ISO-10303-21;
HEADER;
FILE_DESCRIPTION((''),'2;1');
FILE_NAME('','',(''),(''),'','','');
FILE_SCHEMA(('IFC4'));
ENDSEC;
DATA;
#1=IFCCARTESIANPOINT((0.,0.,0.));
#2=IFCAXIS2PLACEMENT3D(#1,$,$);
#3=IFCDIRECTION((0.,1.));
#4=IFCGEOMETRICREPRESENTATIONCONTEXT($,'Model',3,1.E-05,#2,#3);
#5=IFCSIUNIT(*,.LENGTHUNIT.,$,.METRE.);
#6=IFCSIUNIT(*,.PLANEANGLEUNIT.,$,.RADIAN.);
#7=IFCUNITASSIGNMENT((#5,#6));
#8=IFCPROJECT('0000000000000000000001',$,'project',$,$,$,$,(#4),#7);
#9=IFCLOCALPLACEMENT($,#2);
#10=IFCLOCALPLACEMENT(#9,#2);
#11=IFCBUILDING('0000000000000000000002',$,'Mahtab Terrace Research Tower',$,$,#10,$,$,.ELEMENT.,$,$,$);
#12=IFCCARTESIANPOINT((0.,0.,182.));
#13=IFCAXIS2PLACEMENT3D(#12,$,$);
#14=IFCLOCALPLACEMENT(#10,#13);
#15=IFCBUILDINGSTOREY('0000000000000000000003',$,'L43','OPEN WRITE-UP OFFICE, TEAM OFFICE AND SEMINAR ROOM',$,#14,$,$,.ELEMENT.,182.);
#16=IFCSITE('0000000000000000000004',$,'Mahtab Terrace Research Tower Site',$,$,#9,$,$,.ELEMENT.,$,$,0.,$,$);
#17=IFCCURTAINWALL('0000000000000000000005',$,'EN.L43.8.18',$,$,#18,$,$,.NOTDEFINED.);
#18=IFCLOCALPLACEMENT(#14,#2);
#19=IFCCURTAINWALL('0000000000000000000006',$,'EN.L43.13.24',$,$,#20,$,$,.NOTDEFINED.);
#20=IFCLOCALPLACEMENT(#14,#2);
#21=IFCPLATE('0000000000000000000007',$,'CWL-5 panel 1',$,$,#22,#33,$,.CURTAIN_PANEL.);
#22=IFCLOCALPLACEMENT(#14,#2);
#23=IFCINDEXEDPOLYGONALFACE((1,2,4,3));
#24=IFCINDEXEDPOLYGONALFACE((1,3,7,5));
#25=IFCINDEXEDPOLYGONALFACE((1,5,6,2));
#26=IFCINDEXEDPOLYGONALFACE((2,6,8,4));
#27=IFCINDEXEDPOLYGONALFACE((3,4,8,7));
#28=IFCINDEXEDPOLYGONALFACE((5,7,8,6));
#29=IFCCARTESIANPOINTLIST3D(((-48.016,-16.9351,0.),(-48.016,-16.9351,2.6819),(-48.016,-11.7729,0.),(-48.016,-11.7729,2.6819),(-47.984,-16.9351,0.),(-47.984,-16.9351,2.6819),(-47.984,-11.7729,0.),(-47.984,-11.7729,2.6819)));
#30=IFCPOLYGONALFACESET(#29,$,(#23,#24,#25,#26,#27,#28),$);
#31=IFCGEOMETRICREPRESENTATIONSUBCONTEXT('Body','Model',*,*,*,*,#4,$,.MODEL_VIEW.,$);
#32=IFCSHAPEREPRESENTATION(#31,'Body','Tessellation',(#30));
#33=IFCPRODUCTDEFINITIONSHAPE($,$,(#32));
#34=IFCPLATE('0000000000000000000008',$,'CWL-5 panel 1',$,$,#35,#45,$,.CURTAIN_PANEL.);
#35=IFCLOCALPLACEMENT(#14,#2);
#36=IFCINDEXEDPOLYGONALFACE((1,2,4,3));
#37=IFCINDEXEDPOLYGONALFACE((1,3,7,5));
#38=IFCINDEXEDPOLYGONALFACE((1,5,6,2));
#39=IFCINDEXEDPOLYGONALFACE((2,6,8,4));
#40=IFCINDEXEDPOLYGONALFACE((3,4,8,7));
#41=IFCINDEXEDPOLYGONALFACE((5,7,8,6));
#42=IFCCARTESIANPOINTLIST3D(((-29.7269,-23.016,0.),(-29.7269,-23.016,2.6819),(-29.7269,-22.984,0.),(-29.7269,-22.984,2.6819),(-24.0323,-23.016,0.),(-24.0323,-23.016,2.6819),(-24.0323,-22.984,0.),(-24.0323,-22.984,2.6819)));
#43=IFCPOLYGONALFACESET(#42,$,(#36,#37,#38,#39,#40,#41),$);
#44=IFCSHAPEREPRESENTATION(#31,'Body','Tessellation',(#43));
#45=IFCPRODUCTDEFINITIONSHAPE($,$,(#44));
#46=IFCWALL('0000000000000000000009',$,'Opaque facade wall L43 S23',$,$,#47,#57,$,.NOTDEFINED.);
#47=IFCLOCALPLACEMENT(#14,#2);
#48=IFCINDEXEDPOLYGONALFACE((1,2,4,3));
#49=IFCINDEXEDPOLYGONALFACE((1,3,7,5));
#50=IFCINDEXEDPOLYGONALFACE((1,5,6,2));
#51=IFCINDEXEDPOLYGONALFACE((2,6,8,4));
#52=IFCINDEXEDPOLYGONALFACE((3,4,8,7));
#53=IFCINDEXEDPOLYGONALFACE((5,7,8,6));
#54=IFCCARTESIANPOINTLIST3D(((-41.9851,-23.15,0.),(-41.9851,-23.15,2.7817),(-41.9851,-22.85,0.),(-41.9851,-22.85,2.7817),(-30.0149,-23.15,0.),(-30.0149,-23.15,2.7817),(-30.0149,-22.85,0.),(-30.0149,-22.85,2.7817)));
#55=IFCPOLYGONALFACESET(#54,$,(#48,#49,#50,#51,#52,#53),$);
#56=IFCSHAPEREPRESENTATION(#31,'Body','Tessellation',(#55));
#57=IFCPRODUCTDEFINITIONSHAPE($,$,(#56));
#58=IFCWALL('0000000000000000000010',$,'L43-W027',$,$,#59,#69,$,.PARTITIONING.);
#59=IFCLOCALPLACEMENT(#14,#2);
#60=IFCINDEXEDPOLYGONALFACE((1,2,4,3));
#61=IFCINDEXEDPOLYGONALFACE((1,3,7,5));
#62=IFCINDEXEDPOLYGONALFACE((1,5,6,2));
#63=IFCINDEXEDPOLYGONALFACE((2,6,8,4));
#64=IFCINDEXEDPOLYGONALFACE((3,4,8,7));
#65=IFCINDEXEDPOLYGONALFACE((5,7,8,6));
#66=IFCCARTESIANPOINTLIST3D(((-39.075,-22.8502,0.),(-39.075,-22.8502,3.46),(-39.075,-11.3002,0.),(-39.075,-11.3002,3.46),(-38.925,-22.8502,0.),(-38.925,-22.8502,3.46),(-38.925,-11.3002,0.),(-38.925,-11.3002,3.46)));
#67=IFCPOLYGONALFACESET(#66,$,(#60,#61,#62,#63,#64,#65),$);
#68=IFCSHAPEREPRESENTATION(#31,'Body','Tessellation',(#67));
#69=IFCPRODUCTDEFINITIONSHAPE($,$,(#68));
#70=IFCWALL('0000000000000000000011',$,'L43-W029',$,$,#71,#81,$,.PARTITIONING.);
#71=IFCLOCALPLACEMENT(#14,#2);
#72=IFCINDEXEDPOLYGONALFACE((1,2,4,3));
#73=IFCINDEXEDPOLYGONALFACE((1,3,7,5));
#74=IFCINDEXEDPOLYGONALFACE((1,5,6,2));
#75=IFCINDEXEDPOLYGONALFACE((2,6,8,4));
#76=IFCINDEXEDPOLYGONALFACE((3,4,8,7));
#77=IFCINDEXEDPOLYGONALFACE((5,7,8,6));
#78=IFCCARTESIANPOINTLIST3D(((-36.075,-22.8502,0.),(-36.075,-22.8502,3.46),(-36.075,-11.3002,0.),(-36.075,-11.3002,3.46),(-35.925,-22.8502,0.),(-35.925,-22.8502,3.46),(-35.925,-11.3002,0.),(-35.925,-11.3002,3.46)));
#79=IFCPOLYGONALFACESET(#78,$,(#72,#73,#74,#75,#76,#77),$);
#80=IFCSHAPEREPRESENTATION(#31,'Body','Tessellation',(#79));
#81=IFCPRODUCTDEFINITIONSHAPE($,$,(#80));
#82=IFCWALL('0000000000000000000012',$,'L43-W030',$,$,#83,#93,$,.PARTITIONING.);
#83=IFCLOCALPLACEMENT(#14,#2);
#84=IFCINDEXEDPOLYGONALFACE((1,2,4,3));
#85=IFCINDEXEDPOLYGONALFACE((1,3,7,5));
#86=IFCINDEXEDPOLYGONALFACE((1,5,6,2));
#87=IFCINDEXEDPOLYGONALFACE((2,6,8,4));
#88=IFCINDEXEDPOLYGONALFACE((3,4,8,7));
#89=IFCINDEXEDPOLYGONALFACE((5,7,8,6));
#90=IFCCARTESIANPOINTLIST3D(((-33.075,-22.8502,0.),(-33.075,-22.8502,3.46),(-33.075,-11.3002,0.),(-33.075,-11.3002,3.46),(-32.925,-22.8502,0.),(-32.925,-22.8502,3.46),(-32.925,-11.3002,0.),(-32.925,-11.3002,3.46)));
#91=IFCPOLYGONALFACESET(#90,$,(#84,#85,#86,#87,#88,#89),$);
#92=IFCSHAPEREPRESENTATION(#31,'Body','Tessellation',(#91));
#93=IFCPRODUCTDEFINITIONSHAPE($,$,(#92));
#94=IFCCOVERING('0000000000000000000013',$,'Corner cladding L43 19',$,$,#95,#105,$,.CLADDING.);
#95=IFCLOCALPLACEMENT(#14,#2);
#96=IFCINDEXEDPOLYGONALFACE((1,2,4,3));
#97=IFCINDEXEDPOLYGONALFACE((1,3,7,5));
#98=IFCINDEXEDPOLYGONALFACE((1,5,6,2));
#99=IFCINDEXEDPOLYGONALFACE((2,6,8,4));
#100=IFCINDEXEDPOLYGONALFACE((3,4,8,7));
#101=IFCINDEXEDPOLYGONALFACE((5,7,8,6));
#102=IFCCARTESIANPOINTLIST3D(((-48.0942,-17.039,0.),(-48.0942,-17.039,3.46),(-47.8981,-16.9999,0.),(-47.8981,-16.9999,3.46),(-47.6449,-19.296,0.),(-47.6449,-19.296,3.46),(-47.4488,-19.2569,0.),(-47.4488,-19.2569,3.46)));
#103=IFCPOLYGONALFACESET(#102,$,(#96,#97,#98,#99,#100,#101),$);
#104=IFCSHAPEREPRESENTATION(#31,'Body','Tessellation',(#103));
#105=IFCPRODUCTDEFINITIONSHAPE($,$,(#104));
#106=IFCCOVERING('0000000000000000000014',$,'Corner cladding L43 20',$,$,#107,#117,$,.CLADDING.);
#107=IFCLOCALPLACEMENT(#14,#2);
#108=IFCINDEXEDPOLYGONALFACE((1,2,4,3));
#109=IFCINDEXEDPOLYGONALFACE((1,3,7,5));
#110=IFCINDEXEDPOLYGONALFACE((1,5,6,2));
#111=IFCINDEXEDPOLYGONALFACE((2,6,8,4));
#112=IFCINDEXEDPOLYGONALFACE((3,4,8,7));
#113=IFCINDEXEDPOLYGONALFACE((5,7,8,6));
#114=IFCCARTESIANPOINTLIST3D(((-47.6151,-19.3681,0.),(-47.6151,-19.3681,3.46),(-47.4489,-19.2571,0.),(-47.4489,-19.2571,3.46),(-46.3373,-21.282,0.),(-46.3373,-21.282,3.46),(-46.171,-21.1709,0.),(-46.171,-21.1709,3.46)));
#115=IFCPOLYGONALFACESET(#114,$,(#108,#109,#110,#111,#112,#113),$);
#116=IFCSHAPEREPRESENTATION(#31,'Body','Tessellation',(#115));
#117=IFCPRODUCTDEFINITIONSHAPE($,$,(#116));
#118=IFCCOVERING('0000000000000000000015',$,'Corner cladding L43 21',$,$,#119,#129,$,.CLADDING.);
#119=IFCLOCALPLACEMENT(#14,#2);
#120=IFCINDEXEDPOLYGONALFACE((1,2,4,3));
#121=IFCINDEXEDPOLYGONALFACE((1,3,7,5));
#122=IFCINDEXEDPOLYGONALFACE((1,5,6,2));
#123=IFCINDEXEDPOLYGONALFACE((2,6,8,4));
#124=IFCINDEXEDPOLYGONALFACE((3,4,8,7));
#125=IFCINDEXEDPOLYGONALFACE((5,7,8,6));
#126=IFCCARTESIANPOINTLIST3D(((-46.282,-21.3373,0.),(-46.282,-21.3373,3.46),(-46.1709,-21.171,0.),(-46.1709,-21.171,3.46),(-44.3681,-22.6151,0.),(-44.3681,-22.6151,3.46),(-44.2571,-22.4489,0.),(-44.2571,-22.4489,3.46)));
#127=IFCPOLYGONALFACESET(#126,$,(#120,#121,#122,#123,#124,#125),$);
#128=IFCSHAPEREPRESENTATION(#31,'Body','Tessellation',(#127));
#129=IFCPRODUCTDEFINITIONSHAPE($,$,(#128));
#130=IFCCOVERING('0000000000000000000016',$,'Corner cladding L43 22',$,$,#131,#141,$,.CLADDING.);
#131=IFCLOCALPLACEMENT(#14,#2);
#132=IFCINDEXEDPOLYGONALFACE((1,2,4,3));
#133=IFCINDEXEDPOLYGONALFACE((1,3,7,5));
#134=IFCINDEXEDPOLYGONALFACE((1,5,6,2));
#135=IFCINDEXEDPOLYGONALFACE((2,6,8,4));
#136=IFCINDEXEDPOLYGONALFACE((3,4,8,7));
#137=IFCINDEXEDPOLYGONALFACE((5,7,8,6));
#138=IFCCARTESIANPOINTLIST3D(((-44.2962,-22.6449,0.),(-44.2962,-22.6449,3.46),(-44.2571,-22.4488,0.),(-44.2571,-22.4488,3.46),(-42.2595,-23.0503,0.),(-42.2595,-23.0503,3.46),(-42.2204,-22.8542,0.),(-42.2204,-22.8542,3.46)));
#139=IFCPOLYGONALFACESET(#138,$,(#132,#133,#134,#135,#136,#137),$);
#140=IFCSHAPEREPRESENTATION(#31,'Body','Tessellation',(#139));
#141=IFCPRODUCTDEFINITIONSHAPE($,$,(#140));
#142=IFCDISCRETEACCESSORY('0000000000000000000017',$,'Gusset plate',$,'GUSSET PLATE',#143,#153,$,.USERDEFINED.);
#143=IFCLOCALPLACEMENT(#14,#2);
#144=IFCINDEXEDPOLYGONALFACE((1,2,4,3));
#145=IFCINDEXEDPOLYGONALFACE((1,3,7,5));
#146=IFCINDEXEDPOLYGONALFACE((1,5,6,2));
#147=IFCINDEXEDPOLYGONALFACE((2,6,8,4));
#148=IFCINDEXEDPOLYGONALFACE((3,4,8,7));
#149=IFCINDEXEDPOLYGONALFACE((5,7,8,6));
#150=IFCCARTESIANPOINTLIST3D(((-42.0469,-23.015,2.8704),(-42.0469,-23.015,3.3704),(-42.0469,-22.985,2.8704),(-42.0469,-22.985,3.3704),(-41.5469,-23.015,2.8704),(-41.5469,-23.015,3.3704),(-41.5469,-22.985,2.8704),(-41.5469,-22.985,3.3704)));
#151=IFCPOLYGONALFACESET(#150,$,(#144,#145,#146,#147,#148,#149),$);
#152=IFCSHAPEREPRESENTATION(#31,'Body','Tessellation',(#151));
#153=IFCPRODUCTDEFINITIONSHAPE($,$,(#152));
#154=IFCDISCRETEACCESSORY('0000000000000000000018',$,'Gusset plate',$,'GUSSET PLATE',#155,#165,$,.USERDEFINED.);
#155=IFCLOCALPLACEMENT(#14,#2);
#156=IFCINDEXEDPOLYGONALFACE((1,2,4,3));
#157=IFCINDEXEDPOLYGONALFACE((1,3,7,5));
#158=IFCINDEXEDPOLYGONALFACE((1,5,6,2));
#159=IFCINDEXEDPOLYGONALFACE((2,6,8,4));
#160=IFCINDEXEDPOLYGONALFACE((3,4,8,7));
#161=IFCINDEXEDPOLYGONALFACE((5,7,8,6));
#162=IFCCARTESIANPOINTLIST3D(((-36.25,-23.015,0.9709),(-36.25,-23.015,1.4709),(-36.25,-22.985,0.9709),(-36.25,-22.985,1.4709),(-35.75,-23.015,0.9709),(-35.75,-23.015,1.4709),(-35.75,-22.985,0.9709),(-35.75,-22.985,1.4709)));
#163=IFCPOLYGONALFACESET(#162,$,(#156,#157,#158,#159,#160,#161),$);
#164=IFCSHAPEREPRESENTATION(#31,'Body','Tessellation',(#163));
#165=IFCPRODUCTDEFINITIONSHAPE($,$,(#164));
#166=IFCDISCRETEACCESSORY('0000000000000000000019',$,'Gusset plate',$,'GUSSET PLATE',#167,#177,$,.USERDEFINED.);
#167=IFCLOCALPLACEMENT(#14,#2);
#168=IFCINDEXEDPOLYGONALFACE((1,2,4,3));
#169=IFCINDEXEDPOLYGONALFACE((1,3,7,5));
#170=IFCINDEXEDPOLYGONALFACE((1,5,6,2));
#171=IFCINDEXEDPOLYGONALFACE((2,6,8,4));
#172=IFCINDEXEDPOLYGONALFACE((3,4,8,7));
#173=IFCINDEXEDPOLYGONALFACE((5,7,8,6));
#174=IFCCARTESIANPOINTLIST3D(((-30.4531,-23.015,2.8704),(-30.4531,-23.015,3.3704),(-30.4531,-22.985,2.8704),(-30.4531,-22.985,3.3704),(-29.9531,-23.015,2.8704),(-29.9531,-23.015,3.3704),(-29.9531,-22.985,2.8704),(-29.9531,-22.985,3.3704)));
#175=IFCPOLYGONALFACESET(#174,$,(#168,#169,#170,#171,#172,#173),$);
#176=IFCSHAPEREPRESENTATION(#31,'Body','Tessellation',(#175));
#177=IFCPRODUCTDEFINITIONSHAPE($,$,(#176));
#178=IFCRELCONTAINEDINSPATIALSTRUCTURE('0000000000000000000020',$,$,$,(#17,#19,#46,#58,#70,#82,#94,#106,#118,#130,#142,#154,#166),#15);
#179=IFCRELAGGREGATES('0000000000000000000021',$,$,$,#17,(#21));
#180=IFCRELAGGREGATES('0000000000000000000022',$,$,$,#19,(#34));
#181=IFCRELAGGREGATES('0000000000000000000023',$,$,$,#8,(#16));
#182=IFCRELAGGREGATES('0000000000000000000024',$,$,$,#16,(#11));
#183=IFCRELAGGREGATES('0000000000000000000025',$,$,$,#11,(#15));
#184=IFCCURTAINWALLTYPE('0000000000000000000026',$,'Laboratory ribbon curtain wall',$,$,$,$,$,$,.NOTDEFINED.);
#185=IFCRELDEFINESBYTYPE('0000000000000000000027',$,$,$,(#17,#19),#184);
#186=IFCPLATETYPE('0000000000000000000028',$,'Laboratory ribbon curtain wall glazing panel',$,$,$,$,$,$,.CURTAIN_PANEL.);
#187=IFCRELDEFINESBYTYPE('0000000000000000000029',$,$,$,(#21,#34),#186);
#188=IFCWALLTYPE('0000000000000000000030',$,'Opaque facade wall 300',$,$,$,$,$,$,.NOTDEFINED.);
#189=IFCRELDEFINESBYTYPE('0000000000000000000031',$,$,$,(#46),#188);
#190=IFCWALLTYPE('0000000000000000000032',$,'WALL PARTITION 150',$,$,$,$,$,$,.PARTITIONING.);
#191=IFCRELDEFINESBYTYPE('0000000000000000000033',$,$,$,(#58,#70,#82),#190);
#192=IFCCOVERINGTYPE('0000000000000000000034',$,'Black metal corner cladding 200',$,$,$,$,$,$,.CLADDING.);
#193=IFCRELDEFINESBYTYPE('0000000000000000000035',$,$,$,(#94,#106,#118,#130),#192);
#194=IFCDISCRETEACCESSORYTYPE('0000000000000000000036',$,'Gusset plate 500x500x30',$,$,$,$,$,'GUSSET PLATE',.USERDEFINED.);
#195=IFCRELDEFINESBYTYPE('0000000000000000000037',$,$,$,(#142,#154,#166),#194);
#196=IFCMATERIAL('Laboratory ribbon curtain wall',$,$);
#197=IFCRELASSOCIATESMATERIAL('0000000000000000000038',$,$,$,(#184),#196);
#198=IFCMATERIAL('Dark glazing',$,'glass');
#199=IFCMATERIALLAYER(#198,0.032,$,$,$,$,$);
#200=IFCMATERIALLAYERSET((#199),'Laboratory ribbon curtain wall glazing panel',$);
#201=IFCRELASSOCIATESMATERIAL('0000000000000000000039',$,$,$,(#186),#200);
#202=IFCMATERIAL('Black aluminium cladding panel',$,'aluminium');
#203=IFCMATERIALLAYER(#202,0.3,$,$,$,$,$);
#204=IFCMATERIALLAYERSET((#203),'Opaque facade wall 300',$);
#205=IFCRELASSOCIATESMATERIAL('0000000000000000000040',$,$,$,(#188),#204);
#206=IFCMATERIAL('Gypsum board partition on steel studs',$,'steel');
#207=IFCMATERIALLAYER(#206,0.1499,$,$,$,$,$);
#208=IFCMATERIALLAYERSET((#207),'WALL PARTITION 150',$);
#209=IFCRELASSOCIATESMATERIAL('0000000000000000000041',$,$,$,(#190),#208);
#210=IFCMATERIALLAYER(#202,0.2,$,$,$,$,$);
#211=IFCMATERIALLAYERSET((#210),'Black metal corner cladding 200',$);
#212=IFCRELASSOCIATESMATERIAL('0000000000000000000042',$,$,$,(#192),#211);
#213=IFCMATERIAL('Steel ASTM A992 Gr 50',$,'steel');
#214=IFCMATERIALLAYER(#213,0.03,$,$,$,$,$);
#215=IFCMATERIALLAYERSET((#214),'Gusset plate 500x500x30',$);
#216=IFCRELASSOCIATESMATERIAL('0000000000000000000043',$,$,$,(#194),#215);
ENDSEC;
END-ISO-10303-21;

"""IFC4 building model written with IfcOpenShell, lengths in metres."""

from ifc_helpers import new_model, si_unit, direction, frame, frame_2d, origin, origin_2d, place, context, subcontext, project, spatial, rectangle, extrude, material, layer, layer_set, type_object, element, aggregate, save


model = new_model("IFC4")

# Units and contexts
model_context = context("Model", 3, precision=1e-05, world=origin(), true_north=direction((0.0, 1.0)))
body_context = subcontext(model_context, "Body", "Model", "MODEL_VIEW")
ifc_project = project(units=[si_unit("LENGTHUNIT", "METRE"), si_unit("PLANEANGLEUNIT", "RADIAN")], contexts=[model_context])

# Site, building, storey
site_placement = place(None, origin())
site = spatial("IfcSite", under=ifc_project, at=site_placement, Name="Mahtab Terrace Research Tower Site", CompositionType="ELEMENT", RefElevation=0.0)
building_placement = place(site_placement, origin())
building = spatial("IfcBuilding", under=site, at=building_placement, Name="Mahtab Terrace Research Tower", CompositionType="ELEMENT")
storey_placement = place(building_placement, frame((0.0, 0.0, 182.0)))
storey = spatial("IfcBuildingStorey", under=building, at=storey_placement, Name="L43", Description="OPEN WRITE-UP OFFICE, TEAM OFFICE AND SEMINAR ROOM", CompositionType="ELEMENT", Elevation=182.0)

# Shared definitions
ifc_material_1 = material(Name="Steel ASTM A992 Gr 50", Category="steel")

# Curtain walls
ifc_material_2 = material(Name="Laboratory ribbon curtain wall")
curtain_wall_type = type_object("IfcCurtainWallType", Name="Laboratory ribbon curtain wall", PredefinedType="NOTDEFINED", material=ifc_material_2)
curtain_wall_1_placement = place(storey_placement, origin())
curtain_wall_1 = element("IfcCurtainWall", 1, at=curtain_wall_1_placement, inside=storey, type_object=curtain_wall_type, Name="EN.L43.8.18", PredefinedType="NOTDEFINED")
curtain_wall_2_placement = place(storey_placement, origin())
curtain_wall_2 = element("IfcCurtainWall", 2, at=curtain_wall_2_placement, inside=storey, type_object=curtain_wall_type, Name="EN.L43.13.24", PredefinedType="NOTDEFINED")

# Plates
ifc_material_3 = material(Name="Dark glazing", Category="glass")
ifc_layer_1 = layer(ifc_material_3, 0.032)
ifc_layer_set_1 = layer_set([ifc_layer_1], Name="Laboratory ribbon curtain wall glazing panel")
plate_type = type_object("IfcPlateType", Name="Laboratory ribbon curtain wall glazing panel", PredefinedType="CURTAIN_PANEL", material=ifc_layer_set_1)
plate_1_placement = place(storey_placement, frame((-48.0, -14.354, 0.0), z_axis=(0.0, 0.0, 1.0), x_axis=(0.0, -1.0, 0.0)))
plate_1 = element("IfcPlate", 3, at=plate_1_placement, type_object=plate_type, Name="CWL-5 panel 1", PredefinedType="CURTAIN_PANEL", context=body_context, shape_type="SweptSolid", body=[
    extrude(rectangle(XDim=5.1621, YDim=0.032, at=origin_2d()), origin(), (0.0, 0.0, 1.0), 2.6819),
])
aggregate(curtain_wall_1, [plate_1])
plate_2_placement = place(storey_placement, frame((-26.8796, -23.0, 0.0), z_axis=(0.0, 0.0, 1.0), x_axis=(1.0, 0.0, 0.0)))
plate_2 = element("IfcPlate", 4, at=plate_2_placement, type_object=plate_type, Name="CWL-5 panel 1", PredefinedType="CURTAIN_PANEL", context=body_context, shape_type="SweptSolid", body=[
    extrude(rectangle(XDim=5.6946, YDim=0.032, at=origin_2d()), origin(), (0.0, 0.0, 1.0), 2.6819),
])
aggregate(curtain_wall_2, [plate_2])

# Walls
ifc_material_4 = material(Name="Black aluminium cladding panel", Category="aluminium")
ifc_layer_2 = layer(ifc_material_4, 0.3)
ifc_layer_set_2 = layer_set([ifc_layer_2], Name="Opaque facade wall 300")
wall_type_1 = type_object("IfcWallType", Name="Opaque facade wall 300", PredefinedType="NOTDEFINED", material=ifc_layer_set_2)
wall_placement = place(storey_placement, frame((-41.9851, -23.0, 0.0), z_axis=(0.0, 0.0, 1.0), x_axis=(1.0, 0.0, 0.0)))
element("IfcWall", 5, at=wall_placement, inside=storey, type_object=wall_type_1, Name="Opaque facade wall L43 S23", PredefinedType="NOTDEFINED", context=body_context, shape_type="SweptSolid", body=[
    extrude(rectangle(XDim=11.9702, YDim=0.3, at=frame_2d((5.9851, 0.0))), origin(), (0.0, 0.0, 1.0), 2.7817),
])
ifc_material_5 = material(Name="Gypsum board partition on steel studs", Category="steel")
ifc_layer_3 = layer(ifc_material_5, 0.1499)
ifc_layer_set_3 = layer_set([ifc_layer_3], Name="WALL PARTITION 150")
wall_type_2 = type_object("IfcWallType", Name="WALL PARTITION 150", PredefinedType="PARTITIONING", material=ifc_layer_set_3)
for number, where, z_axis, x_axis, name in (
    (6, (-39.0, -22.8501, 0.0), (0.0, 0.0, 1.0), (0.0, 1.0, 0.0), "L43-W027"),
    (7, (-36.0, -22.8501, 0.0), (0.0, 0.0, 1.0), (0.0, 1.0, 0.0), "L43-W029"),
    (8, (-33.0, -22.8501, 0.0), (0.0, 0.0, 1.0), (0.0, 1.0, 0.0), "L43-W030"),
):
    element("IfcWall", number, at=place(storey_placement, frame(where, z_axis=z_axis, x_axis=x_axis)), inside=storey, type_object=wall_type_2, Name=name, PredefinedType="PARTITIONING", context=body_context, shape_type="SweptSolid", body=[
        extrude(rectangle(XDim=11.55, YDim=0.1499, at=frame_2d((5.7749, 0.0))), origin(), (0.0, 0.0, 1.0), 3.46),
    ])

# Coverings
ifc_layer_4 = layer(ifc_material_4, 0.2)
ifc_layer_set_4 = layer_set([ifc_layer_4], Name="Black metal corner cladding 200")
covering_type = type_object("IfcCoveringType", Name="Black metal corner cladding 200", PredefinedType="CLADDING", material=ifc_layer_set_4)
for number, where, z_axis, x_axis, name in (
    (9, (-47.7715, -18.1479, 0.0), (0.0, 0.0, 1.0), (0.195212, -0.980761, 0.0), "Corner cladding L43 19"),
    (10, (-46.8931, -20.2695, 0.0), (0.0, 0.0, 1.0), (0.555291, -0.831656, 0.0), "Corner cladding L43 20"),
    (11, (-45.2695, -21.8931, 0.0), (0.0, 0.0, 1.0), (0.831656, -0.555291, 0.0), "Corner cladding L43 21"),
):
    element("IfcCovering", number, at=place(storey_placement, frame(where, z_axis=z_axis, x_axis=x_axis)), inside=storey, type_object=covering_type, Name=name, PredefinedType="CLADDING", context=body_context, shape_type="SweptSolid", body=[
        extrude(rectangle(XDim=2.3013, YDim=0.2, at=origin_2d()), origin(), (0.0, 0.0, 1.0), 3.46),
    ])
covering_placement = place(storey_placement, frame((-43.2583, -22.7495, 0.0), z_axis=(0.0, 0.0, 1.0), x_axis=(0.980761, -0.195212, 0.0)))
element("IfcCovering", 12, at=covering_placement, inside=storey, type_object=covering_type, Name="Corner cladding L43 22", PredefinedType="CLADDING", context=body_context, shape_type="SweptSolid", body=[
    extrude(rectangle(XDim=2.0767, YDim=0.2, at=origin_2d()), origin(), (0.0, 0.0, 1.0), 3.46),
])

# Discrete accessories
ifc_layer_5 = layer(ifc_material_1, 0.03)
ifc_layer_set_5 = layer_set([ifc_layer_5], Name="Gusset plate 500x500x30")
discrete_accessory_type = type_object("IfcDiscreteAccessoryType", Name="Gusset plate 500x500x30", ElementType="GUSSET PLATE", PredefinedType="USERDEFINED", material=ifc_layer_set_5)
for number, where, z_axis, x_axis, name in (
    (13, (-41.7969, -23.0, 2.8704), (0.0, 0.0, 1.0), (1.0, 0.0, 0.0), "Gusset plate"),
    (14, (-36.0, -23.0, 0.9709), (0.0, 0.0, 1.0), (1.0, 0.0, 0.0), "Gusset plate"),
    (15, (-30.2031, -23.0, 2.8704), (0.0, 0.0, 1.0), (1.0, 0.0, 0.0), "Gusset plate"),
):
    element("IfcDiscreteAccessory", number, at=place(storey_placement, frame(where, z_axis=z_axis, x_axis=x_axis)), inside=storey, type_object=discrete_accessory_type, Name=name, ObjectType="GUSSET PLATE", PredefinedType="USERDEFINED", context=body_context, shape_type="SweptSolid", body=[
        extrude(rectangle(XDim=0.5, YDim=0.03, at=origin_2d()), origin(), (0.0, 0.0, 1.0), 0.5),
    ])

save(model, "model.ifc")
